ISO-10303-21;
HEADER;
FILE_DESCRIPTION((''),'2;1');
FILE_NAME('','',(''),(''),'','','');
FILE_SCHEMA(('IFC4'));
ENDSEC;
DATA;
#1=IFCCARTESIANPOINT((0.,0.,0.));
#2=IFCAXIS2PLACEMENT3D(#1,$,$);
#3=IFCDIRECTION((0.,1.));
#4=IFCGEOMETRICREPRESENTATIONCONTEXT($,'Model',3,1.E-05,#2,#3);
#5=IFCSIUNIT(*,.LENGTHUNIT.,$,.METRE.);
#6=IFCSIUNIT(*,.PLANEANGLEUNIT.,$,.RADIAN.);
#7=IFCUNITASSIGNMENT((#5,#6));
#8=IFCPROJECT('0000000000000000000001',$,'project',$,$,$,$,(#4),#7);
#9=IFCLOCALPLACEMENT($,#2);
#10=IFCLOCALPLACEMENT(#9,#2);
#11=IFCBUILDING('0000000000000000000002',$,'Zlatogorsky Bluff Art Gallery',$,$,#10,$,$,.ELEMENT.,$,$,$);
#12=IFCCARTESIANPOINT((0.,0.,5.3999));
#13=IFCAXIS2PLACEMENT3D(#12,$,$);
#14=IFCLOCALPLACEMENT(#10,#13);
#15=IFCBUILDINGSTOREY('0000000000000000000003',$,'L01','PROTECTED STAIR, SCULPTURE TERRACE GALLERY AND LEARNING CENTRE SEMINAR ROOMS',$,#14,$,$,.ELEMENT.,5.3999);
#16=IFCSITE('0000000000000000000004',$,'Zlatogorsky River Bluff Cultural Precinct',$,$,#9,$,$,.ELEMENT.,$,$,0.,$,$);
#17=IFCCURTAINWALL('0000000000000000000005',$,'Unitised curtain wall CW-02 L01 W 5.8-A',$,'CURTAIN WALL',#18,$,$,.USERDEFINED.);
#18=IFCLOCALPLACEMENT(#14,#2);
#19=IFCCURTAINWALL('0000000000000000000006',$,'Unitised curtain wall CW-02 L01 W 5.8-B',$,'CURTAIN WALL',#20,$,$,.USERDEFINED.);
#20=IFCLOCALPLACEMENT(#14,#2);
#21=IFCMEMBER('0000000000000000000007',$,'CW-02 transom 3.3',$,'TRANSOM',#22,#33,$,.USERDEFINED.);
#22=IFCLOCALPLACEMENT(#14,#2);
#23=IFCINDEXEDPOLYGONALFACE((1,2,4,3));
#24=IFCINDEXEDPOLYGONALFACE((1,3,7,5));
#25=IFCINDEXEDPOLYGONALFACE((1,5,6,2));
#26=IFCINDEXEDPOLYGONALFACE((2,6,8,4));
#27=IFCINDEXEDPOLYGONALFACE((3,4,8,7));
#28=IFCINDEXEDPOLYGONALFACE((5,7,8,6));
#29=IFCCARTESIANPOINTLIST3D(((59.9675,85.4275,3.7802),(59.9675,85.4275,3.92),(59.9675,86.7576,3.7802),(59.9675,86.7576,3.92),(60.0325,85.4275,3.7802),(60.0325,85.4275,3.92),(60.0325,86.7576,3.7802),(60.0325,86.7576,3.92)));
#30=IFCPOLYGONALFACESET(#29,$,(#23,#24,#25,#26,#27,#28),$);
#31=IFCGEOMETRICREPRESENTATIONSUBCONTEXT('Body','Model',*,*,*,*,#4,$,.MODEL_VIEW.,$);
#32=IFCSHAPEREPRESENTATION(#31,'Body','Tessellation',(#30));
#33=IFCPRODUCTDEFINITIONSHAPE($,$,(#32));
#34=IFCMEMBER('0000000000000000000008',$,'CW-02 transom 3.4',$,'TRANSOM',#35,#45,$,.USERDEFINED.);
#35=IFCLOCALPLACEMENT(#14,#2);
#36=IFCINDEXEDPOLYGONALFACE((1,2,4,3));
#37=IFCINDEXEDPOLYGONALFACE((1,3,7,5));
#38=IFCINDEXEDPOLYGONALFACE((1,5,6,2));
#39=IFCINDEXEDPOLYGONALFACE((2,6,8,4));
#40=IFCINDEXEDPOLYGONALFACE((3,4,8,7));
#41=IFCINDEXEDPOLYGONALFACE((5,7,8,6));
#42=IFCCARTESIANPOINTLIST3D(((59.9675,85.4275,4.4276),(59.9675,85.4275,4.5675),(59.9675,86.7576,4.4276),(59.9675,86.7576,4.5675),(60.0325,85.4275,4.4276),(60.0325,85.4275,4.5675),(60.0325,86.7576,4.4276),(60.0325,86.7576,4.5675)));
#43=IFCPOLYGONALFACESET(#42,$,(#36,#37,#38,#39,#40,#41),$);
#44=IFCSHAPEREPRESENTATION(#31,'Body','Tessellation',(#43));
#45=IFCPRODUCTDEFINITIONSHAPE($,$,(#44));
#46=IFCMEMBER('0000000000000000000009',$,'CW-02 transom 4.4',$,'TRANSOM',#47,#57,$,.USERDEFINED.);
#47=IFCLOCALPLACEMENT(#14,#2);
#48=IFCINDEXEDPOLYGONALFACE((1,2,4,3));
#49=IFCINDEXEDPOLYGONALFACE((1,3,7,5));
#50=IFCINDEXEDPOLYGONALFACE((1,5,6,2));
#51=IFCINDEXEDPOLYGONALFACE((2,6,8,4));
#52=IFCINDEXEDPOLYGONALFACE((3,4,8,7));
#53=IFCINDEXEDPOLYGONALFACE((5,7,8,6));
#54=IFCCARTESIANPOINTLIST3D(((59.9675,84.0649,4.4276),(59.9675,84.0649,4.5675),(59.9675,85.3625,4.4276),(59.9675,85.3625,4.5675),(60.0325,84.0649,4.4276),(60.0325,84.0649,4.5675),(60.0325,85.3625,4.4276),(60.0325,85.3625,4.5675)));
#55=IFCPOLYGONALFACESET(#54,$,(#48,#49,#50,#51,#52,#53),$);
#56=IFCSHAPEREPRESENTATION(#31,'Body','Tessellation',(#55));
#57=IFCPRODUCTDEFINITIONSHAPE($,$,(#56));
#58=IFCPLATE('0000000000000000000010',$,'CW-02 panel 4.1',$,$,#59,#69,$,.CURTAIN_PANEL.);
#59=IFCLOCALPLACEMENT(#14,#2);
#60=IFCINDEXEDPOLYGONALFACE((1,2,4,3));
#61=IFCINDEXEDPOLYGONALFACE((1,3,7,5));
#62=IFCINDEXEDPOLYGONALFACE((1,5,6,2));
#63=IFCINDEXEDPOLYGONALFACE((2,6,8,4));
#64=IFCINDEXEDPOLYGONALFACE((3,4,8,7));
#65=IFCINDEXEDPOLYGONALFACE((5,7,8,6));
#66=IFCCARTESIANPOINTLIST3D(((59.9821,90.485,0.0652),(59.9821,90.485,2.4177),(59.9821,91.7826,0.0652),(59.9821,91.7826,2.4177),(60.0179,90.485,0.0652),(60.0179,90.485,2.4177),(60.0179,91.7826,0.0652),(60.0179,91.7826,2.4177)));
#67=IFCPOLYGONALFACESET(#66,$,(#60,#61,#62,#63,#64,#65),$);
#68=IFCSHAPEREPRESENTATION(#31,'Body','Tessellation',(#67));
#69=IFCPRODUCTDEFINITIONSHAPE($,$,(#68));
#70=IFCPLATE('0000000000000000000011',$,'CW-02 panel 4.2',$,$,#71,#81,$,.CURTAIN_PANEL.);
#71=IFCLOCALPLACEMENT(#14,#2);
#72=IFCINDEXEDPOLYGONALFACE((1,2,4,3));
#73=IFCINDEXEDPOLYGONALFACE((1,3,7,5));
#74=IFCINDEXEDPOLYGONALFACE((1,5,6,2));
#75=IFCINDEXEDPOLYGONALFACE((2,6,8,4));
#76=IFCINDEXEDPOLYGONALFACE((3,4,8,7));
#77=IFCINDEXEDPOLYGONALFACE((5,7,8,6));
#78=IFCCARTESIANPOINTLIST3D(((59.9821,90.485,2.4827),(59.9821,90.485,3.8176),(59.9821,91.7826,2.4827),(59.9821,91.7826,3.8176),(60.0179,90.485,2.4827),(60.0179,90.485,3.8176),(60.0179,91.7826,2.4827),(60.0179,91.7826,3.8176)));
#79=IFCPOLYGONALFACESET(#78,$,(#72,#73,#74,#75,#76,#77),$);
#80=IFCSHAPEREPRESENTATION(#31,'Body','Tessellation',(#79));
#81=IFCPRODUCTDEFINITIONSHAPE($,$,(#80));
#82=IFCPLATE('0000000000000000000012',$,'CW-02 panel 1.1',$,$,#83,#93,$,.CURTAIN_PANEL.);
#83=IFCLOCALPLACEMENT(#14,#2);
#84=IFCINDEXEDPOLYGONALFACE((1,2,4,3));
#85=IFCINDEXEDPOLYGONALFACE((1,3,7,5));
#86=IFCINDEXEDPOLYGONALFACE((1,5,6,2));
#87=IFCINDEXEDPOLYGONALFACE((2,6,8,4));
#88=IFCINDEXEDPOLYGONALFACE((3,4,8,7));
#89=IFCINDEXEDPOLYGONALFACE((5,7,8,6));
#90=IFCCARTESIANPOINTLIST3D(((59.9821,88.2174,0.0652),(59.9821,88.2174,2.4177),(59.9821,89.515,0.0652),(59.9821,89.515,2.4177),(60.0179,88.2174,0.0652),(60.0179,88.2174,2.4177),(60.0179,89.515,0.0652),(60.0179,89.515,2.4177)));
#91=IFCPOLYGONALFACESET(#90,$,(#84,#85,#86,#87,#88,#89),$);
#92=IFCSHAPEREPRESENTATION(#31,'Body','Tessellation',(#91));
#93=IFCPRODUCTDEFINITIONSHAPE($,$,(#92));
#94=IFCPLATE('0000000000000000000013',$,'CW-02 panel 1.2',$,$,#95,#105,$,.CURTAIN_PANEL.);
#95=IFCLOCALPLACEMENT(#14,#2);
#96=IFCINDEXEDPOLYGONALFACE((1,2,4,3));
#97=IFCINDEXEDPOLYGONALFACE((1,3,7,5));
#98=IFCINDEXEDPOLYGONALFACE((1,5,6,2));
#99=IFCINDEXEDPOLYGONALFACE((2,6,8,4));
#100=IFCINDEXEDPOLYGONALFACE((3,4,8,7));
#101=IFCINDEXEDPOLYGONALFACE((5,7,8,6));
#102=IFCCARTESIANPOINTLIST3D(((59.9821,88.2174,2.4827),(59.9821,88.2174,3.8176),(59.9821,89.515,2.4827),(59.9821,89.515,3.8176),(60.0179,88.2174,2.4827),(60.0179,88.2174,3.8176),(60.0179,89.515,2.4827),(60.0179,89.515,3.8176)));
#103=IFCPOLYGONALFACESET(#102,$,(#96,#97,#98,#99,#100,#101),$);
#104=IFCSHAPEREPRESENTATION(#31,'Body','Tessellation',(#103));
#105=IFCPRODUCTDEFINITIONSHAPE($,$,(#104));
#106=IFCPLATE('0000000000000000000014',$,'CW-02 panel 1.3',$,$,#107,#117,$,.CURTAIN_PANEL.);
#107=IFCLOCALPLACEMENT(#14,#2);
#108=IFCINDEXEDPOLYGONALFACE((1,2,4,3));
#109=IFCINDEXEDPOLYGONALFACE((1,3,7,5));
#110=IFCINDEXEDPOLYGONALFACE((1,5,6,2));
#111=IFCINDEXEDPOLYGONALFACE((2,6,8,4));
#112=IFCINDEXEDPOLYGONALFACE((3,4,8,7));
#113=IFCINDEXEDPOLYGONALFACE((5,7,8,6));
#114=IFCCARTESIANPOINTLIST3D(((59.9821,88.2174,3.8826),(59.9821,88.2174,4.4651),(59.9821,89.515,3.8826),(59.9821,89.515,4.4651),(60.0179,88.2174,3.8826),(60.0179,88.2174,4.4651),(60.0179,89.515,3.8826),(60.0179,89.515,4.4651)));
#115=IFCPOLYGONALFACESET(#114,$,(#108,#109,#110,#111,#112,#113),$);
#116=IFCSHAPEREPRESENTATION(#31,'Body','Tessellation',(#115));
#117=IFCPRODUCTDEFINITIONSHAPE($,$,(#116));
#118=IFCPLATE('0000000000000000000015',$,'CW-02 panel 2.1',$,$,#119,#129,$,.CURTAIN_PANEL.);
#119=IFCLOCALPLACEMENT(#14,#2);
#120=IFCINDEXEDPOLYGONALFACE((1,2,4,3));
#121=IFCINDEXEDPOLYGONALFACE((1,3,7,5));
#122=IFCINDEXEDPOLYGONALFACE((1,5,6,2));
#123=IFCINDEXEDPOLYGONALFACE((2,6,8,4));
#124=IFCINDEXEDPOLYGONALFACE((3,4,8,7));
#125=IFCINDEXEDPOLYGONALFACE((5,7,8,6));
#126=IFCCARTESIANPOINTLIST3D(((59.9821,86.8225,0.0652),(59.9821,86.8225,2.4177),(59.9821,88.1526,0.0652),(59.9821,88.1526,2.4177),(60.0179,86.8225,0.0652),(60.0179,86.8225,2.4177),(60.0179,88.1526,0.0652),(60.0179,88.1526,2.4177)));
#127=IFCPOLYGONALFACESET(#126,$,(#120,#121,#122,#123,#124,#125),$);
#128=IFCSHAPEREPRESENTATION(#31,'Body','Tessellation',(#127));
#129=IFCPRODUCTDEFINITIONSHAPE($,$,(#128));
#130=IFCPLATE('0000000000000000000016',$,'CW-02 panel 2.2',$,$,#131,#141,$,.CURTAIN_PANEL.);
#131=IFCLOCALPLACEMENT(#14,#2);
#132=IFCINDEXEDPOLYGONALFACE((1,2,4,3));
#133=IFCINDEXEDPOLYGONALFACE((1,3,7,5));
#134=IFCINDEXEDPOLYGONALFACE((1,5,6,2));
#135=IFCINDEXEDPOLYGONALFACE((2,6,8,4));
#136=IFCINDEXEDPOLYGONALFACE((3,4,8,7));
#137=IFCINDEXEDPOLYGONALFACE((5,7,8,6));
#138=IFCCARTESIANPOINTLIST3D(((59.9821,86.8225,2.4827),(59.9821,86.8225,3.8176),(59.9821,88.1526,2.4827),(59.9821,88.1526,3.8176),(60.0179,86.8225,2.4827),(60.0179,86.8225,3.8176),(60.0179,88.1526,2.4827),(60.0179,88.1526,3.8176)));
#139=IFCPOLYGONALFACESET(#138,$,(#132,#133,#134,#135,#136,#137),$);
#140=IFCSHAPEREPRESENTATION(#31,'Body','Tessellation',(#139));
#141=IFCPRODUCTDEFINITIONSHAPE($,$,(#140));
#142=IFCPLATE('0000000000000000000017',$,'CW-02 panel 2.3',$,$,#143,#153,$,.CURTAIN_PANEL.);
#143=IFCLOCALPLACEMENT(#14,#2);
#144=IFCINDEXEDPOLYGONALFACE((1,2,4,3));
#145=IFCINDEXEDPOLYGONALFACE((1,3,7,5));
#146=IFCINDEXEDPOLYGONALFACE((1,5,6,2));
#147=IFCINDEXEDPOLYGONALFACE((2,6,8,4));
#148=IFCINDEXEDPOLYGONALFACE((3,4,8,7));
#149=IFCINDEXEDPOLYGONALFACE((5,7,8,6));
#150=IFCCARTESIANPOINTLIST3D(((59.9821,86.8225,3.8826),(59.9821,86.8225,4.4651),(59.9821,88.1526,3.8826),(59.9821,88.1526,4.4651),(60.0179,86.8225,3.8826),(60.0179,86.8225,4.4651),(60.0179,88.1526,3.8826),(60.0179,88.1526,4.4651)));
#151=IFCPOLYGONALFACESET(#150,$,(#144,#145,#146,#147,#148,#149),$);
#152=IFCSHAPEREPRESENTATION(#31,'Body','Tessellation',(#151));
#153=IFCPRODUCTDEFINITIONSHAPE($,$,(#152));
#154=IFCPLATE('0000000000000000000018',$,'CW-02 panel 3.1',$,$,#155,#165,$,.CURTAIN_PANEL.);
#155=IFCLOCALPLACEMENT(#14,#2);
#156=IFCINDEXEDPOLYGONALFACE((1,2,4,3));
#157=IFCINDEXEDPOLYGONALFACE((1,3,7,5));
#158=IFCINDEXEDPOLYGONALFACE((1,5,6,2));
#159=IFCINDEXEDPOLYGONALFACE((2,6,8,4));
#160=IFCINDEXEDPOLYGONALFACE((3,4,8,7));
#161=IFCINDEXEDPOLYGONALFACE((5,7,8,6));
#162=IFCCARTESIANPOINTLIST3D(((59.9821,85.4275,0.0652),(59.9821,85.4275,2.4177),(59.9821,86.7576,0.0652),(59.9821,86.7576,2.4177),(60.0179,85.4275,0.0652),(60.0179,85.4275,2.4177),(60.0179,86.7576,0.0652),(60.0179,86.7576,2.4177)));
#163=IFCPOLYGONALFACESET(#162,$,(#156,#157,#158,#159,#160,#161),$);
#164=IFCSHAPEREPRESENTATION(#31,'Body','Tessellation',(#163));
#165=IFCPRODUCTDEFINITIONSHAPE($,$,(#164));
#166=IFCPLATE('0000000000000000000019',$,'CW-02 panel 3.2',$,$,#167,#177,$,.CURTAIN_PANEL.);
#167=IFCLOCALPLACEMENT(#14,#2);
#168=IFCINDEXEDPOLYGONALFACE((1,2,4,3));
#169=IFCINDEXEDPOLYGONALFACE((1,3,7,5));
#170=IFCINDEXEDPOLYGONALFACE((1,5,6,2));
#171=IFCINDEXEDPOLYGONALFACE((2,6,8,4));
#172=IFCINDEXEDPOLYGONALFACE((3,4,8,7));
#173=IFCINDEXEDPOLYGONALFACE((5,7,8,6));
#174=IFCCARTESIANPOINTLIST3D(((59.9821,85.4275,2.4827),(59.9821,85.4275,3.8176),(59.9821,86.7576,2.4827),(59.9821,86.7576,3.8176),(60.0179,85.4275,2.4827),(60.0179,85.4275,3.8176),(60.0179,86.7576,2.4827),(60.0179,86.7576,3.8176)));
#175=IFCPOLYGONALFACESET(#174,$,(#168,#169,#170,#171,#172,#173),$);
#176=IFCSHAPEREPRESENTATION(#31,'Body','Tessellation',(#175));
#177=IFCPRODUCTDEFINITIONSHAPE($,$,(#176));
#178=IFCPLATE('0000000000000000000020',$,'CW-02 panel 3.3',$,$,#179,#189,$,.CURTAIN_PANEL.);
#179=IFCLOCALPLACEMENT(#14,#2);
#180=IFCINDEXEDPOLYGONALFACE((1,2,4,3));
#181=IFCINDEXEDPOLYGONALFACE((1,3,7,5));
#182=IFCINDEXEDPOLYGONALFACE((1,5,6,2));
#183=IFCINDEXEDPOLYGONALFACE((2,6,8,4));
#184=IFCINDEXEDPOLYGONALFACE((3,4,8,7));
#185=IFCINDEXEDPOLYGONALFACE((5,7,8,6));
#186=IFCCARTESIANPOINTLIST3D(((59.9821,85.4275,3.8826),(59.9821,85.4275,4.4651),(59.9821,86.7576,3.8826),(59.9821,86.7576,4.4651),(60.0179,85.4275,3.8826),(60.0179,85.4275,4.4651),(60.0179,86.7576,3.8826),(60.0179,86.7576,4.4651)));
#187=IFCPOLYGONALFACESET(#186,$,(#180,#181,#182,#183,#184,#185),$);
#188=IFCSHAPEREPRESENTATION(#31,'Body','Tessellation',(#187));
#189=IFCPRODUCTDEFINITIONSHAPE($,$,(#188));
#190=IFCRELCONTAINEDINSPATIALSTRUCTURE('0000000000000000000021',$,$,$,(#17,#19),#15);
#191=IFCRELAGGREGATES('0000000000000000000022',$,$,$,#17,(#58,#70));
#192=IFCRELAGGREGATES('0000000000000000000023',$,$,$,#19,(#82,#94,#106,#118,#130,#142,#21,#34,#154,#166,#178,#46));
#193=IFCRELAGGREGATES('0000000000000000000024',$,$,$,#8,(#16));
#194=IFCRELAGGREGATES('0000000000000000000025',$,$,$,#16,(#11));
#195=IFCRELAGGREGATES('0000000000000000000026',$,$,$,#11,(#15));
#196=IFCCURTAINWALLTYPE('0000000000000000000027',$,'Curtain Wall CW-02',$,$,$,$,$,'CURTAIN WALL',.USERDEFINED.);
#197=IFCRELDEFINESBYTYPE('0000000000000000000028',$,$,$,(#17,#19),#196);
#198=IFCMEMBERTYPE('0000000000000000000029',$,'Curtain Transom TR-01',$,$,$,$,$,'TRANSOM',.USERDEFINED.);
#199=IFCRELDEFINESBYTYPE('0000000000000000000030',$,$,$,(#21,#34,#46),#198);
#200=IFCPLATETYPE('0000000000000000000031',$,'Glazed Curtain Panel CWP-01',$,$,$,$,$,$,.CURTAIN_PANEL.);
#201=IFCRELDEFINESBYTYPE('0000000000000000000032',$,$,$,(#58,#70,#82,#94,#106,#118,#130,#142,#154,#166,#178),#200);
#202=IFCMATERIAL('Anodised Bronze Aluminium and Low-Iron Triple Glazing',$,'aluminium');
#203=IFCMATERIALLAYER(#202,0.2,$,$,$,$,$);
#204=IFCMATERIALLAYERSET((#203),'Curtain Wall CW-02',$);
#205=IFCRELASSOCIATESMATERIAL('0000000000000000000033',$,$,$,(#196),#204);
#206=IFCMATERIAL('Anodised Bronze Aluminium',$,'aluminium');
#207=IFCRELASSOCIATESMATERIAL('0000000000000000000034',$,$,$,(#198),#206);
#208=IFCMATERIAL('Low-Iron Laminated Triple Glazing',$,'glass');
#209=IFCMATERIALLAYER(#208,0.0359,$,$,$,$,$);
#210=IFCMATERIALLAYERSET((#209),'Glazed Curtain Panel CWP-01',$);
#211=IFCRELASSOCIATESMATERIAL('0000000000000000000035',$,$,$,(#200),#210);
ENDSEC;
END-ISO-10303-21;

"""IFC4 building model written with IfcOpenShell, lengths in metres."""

from ifc_helpers import new_model, si_unit, direction, frame, origin, origin_2d, place, context, subcontext, project, spatial, rectangle, extrude, material, layer, layer_set, material_profile, profile_set, type_object, element, aggregate, save


model = new_model("IFC4")

# Units and contexts
model_context = context("Model", 3, precision=1e-05, world=origin(), true_north=direction((0.0, 1.0)))
body_context = subcontext(model_context, "Body", "Model", "MODEL_VIEW")
ifc_project = project(units=[si_unit("LENGTHUNIT", "METRE"), si_unit("PLANEANGLEUNIT", "RADIAN")], contexts=[model_context])

# Site, building, storey
site_placement = place(None, origin())
site = spatial("IfcSite", under=ifc_project, at=site_placement, Name="Zlatogorsky River Bluff Cultural Precinct", CompositionType="ELEMENT", RefElevation=0.0)
building_placement = place(site_placement, origin())
building = spatial("IfcBuilding", under=site, at=building_placement, Name="Zlatogorsky Bluff Art Gallery", CompositionType="ELEMENT")
storey_placement = place(building_placement, frame((0.0, 0.0, 5.3999)))
storey = spatial("IfcBuildingStorey", under=building, at=storey_placement, Name="L01", Description="PROTECTED STAIR, SCULPTURE TERRACE GALLERY AND LEARNING CENTRE SEMINAR ROOMS", CompositionType="ELEMENT", Elevation=5.3999)

# Curtain wall
ifc_material_1 = material(Name="Anodised Bronze Aluminium and Low-Iron Triple Glazing", Category="aluminium")
ifc_layer_1 = layer(ifc_material_1, 0.2)
ifc_layer_set_1 = layer_set([ifc_layer_1], Name="Curtain Wall CW-02")
curtain_wall_type = type_object("IfcCurtainWallType", Name="Curtain Wall CW-02", ElementType="CURTAIN WALL", PredefinedType="USERDEFINED", material=ifc_layer_set_1)
curtain_wall_1_placement = place(storey_placement, origin())
curtain_wall_1 = element("IfcCurtainWall", 1, at=curtain_wall_1_placement, inside=storey, type_object=curtain_wall_type, Name="Unitised curtain wall CW-02 L01 W 5.8-A", ObjectType="CURTAIN WALL", PredefinedType="USERDEFINED")
ifc_material_2 = material(Name="Anodised Bronze Aluminium", Category="aluminium")

# Curtain wall, members
curtain_wall_2_placement = place(storey_placement, origin())
curtain_wall_2 = element("IfcCurtainWall", 2, at=curtain_wall_2_placement, inside=storey, type_object=curtain_wall_type, Name="Unitised curtain wall CW-02 L01 W 5.8-B", ObjectType="CURTAIN WALL", PredefinedType="USERDEFINED")
ifc_material_profile_1 = material_profile(ifc_material_2, rectangle(XDim=0.0649, YDim=0.1399, at=origin_2d()), Name="ALU TRANSOM 65x140")
ifc_profile_set_1 = profile_set([ifc_material_profile_1], Name="Anodised Bronze Aluminium")
member_type_1 = type_object("IfcMemberType", Name="Curtain Transom TR-01", ElementType="TRANSOM", PredefinedType="USERDEFINED", material=ifc_profile_set_1)
member_1_placement = place(storey_placement, frame((60.0, 86.7576, 3.8501), z_axis=(0.0, -1.0, 0.0), x_axis=(1.0, 0.0, 0.0)))
member_1 = element("IfcMember", 3, at=member_1_placement, type_object=member_type_1, Name="CW-02 transom 3.3", ObjectType="TRANSOM", PredefinedType="USERDEFINED", context=body_context, shape_type="SweptSolid", body=[
    extrude(rectangle(XDim=0.0649, YDim=0.1399, at=origin_2d()), origin(), (0.0, 0.0, 1.0), 1.3301),
])
member_2_placement = place(storey_placement, frame((60.0, 86.7576, 4.4976), z_axis=(0.0, -1.0, 0.0), x_axis=(1.0, 0.0, 0.0)))
member_2 = element("IfcMember", 4, at=member_2_placement, type_object=member_type_1, Name="CW-02 transom 3.4", ObjectType="TRANSOM", PredefinedType="USERDEFINED", context=body_context, shape_type="SweptSolid", body=[
    extrude(rectangle(XDim=0.0649, YDim=0.1399, at=origin_2d()), origin(), (0.0, 0.0, 1.0), 1.3301),
])
member_3_placement = place(storey_placement, frame((60.0, 85.3625, 4.4976), z_axis=(0.0, -1.0, 0.0), x_axis=(1.0, 0.0, 0.0)))
member_3 = element("IfcMember", 5, at=member_3_placement, type_object=member_type_1, Name="CW-02 transom 4.4", ObjectType="TRANSOM", PredefinedType="USERDEFINED", context=body_context, shape_type="SweptSolid", body=[
    extrude(rectangle(XDim=0.0649, YDim=0.1399, at=origin_2d()), origin(), (0.0, 0.0, 1.0), 1.2976),
])

# Plates
ifc_material_3 = material(Name="Low-Iron Laminated Triple Glazing", Category="glass")
ifc_layer_2 = layer(ifc_material_3, 0.0359)
ifc_layer_set_2 = layer_set([ifc_layer_2], Name="Glazed Curtain Panel CWP-01")
plate_type = type_object("IfcPlateType", Name="Glazed Curtain Panel CWP-01", PredefinedType="CURTAIN_PANEL", material=ifc_layer_set_2)
plate_1_placement = place(storey_placement, frame((60.0, 91.1338, 0.0652), z_axis=(0.0, 0.0, 1.0), x_axis=(0.0, -1.0, 0.0)))
plate_1 = element("IfcPlate", 6, at=plate_1_placement, type_object=plate_type, Name="CW-02 panel 4.1", PredefinedType="CURTAIN_PANEL", context=body_context, shape_type="SweptSolid", body=[
    extrude(rectangle(XDim=1.2976, YDim=0.0359, at=origin_2d()), origin(), (0.0, 0.0, 1.0), 2.3525),
])
plate_2_placement = place(storey_placement, frame((60.0, 91.1338, 2.4827), z_axis=(0.0, 0.0, 1.0), x_axis=(0.0, -1.0, 0.0)))
plate_2 = element("IfcPlate", 7, at=plate_2_placement, type_object=plate_type, Name="CW-02 panel 4.2", PredefinedType="CURTAIN_PANEL", context=body_context, shape_type="SweptSolid", body=[
    extrude(rectangle(XDim=1.2976, YDim=0.0359, at=origin_2d()), origin(), (0.0, 0.0, 1.0), 1.335),
])
aggregate(curtain_wall_1, [plate_1, plate_2])
plate_3_placement = place(storey_placement, frame((60.0, 88.8662, 0.0652), z_axis=(0.0, 0.0, 1.0), x_axis=(0.0, -1.0, 0.0)))
plate_3 = element("IfcPlate", 8, at=plate_3_placement, type_object=plate_type, Name="CW-02 panel 1.1", PredefinedType="CURTAIN_PANEL", context=body_context, shape_type="SweptSolid", body=[
    extrude(rectangle(XDim=1.2976, YDim=0.0359, at=origin_2d()), origin(), (0.0, 0.0, 1.0), 2.3525),
])
plate_4_placement = place(storey_placement, frame((60.0, 88.8662, 2.4827), z_axis=(0.0, 0.0, 1.0), x_axis=(0.0, -1.0, 0.0)))
plate_4 = element("IfcPlate", 9, at=plate_4_placement, type_object=plate_type, Name="CW-02 panel 1.2", PredefinedType="CURTAIN_PANEL", context=body_context, shape_type="SweptSolid", body=[
    extrude(rectangle(XDim=1.2976, YDim=0.0359, at=origin_2d()), origin(), (0.0, 0.0, 1.0), 1.335),
])
plate_5_placement = place(storey_placement, frame((60.0, 88.8662, 3.8826), z_axis=(0.0, 0.0, 1.0), x_axis=(0.0, -1.0, 0.0)))
plate_5 = element("IfcPlate", 10, at=plate_5_placement, type_object=plate_type, Name="CW-02 panel 1.3", PredefinedType="CURTAIN_PANEL", context=body_context, shape_type="SweptSolid", body=[
    extrude(rectangle(XDim=1.2976, YDim=0.0359, at=origin_2d()), origin(), (0.0, 0.0, 1.0), 0.5825),
])
plate_6_placement = place(storey_placement, frame((60.0, 87.4875, 0.0652), z_axis=(0.0, 0.0, 1.0), x_axis=(0.0, -1.0, 0.0)))
plate_6 = element("IfcPlate", 11, at=plate_6_placement, type_object=plate_type, Name="CW-02 panel 2.1", PredefinedType="CURTAIN_PANEL", context=body_context, shape_type="SweptSolid", body=[
    extrude(rectangle(XDim=1.3301, YDim=0.0359, at=origin_2d()), origin(), (0.0, 0.0, 1.0), 2.3525),
])
plate_7_placement = place(storey_placement, frame((60.0, 87.4875, 2.4827), z_axis=(0.0, 0.0, 1.0), x_axis=(0.0, -1.0, 0.0)))
plate_7 = element("IfcPlate", 12, at=plate_7_placement, type_object=plate_type, Name="CW-02 panel 2.2", PredefinedType="CURTAIN_PANEL", context=body_context, shape_type="SweptSolid", body=[
    extrude(rectangle(XDim=1.3301, YDim=0.0359, at=origin_2d()), origin(), (0.0, 0.0, 1.0), 1.335),
])
plate_8_placement = place(storey_placement, frame((60.0, 87.4875, 3.8826), z_axis=(0.0, 0.0, 1.0), x_axis=(0.0, -1.0, 0.0)))
plate_8 = element("IfcPlate", 13, at=plate_8_placement, type_object=plate_type, Name="CW-02 panel 2.3", PredefinedType="CURTAIN_PANEL", context=body_context, shape_type="SweptSolid", body=[
    extrude(rectangle(XDim=1.3301, YDim=0.0359, at=origin_2d()), origin(), (0.0, 0.0, 1.0), 0.5825),
])
plate_9_placement = place(storey_placement, frame((60.0, 86.0925, 0.0652), z_axis=(0.0, 0.0, 1.0), x_axis=(0.0, -1.0, 0.0)))
plate_9 = element("IfcPlate", 14, at=plate_9_placement, type_object=plate_type, Name="CW-02 panel 3.1", PredefinedType="CURTAIN_PANEL", context=body_context, shape_type="SweptSolid", body=[
    extrude(rectangle(XDim=1.3301, YDim=0.0359, at=origin_2d()), origin(), (0.0, 0.0, 1.0), 2.3525),
])
plate_10_placement = place(storey_placement, frame((60.0, 86.0925, 2.4827), z_axis=(0.0, 0.0, 1.0), x_axis=(0.0, -1.0, 0.0)))
plate_10 = element("IfcPlate", 15, at=plate_10_placement, type_object=plate_type, Name="CW-02 panel 3.2", PredefinedType="CURTAIN_PANEL", context=body_context, shape_type="SweptSolid", body=[
    extrude(rectangle(XDim=1.3301, YDim=0.0359, at=origin_2d()), origin(), (0.0, 0.0, 1.0), 1.335),
])
plate_11_placement = place(storey_placement, frame((60.0, 86.0925, 3.8826), z_axis=(0.0, 0.0, 1.0), x_axis=(0.0, -1.0, 0.0)))
plate_11 = element("IfcPlate", 16, at=plate_11_placement, type_object=plate_type, Name="CW-02 panel 3.3", PredefinedType="CURTAIN_PANEL", context=body_context, shape_type="SweptSolid", body=[
    extrude(rectangle(XDim=1.3301, YDim=0.0359, at=origin_2d()), origin(), (0.0, 0.0, 1.0), 0.5825),
])
aggregate(curtain_wall_2, [plate_3, plate_4, plate_5, plate_6, plate_7, plate_8, member_1, member_2, plate_9, plate_10, plate_11, member_3])

save(model, "model.ifc")
